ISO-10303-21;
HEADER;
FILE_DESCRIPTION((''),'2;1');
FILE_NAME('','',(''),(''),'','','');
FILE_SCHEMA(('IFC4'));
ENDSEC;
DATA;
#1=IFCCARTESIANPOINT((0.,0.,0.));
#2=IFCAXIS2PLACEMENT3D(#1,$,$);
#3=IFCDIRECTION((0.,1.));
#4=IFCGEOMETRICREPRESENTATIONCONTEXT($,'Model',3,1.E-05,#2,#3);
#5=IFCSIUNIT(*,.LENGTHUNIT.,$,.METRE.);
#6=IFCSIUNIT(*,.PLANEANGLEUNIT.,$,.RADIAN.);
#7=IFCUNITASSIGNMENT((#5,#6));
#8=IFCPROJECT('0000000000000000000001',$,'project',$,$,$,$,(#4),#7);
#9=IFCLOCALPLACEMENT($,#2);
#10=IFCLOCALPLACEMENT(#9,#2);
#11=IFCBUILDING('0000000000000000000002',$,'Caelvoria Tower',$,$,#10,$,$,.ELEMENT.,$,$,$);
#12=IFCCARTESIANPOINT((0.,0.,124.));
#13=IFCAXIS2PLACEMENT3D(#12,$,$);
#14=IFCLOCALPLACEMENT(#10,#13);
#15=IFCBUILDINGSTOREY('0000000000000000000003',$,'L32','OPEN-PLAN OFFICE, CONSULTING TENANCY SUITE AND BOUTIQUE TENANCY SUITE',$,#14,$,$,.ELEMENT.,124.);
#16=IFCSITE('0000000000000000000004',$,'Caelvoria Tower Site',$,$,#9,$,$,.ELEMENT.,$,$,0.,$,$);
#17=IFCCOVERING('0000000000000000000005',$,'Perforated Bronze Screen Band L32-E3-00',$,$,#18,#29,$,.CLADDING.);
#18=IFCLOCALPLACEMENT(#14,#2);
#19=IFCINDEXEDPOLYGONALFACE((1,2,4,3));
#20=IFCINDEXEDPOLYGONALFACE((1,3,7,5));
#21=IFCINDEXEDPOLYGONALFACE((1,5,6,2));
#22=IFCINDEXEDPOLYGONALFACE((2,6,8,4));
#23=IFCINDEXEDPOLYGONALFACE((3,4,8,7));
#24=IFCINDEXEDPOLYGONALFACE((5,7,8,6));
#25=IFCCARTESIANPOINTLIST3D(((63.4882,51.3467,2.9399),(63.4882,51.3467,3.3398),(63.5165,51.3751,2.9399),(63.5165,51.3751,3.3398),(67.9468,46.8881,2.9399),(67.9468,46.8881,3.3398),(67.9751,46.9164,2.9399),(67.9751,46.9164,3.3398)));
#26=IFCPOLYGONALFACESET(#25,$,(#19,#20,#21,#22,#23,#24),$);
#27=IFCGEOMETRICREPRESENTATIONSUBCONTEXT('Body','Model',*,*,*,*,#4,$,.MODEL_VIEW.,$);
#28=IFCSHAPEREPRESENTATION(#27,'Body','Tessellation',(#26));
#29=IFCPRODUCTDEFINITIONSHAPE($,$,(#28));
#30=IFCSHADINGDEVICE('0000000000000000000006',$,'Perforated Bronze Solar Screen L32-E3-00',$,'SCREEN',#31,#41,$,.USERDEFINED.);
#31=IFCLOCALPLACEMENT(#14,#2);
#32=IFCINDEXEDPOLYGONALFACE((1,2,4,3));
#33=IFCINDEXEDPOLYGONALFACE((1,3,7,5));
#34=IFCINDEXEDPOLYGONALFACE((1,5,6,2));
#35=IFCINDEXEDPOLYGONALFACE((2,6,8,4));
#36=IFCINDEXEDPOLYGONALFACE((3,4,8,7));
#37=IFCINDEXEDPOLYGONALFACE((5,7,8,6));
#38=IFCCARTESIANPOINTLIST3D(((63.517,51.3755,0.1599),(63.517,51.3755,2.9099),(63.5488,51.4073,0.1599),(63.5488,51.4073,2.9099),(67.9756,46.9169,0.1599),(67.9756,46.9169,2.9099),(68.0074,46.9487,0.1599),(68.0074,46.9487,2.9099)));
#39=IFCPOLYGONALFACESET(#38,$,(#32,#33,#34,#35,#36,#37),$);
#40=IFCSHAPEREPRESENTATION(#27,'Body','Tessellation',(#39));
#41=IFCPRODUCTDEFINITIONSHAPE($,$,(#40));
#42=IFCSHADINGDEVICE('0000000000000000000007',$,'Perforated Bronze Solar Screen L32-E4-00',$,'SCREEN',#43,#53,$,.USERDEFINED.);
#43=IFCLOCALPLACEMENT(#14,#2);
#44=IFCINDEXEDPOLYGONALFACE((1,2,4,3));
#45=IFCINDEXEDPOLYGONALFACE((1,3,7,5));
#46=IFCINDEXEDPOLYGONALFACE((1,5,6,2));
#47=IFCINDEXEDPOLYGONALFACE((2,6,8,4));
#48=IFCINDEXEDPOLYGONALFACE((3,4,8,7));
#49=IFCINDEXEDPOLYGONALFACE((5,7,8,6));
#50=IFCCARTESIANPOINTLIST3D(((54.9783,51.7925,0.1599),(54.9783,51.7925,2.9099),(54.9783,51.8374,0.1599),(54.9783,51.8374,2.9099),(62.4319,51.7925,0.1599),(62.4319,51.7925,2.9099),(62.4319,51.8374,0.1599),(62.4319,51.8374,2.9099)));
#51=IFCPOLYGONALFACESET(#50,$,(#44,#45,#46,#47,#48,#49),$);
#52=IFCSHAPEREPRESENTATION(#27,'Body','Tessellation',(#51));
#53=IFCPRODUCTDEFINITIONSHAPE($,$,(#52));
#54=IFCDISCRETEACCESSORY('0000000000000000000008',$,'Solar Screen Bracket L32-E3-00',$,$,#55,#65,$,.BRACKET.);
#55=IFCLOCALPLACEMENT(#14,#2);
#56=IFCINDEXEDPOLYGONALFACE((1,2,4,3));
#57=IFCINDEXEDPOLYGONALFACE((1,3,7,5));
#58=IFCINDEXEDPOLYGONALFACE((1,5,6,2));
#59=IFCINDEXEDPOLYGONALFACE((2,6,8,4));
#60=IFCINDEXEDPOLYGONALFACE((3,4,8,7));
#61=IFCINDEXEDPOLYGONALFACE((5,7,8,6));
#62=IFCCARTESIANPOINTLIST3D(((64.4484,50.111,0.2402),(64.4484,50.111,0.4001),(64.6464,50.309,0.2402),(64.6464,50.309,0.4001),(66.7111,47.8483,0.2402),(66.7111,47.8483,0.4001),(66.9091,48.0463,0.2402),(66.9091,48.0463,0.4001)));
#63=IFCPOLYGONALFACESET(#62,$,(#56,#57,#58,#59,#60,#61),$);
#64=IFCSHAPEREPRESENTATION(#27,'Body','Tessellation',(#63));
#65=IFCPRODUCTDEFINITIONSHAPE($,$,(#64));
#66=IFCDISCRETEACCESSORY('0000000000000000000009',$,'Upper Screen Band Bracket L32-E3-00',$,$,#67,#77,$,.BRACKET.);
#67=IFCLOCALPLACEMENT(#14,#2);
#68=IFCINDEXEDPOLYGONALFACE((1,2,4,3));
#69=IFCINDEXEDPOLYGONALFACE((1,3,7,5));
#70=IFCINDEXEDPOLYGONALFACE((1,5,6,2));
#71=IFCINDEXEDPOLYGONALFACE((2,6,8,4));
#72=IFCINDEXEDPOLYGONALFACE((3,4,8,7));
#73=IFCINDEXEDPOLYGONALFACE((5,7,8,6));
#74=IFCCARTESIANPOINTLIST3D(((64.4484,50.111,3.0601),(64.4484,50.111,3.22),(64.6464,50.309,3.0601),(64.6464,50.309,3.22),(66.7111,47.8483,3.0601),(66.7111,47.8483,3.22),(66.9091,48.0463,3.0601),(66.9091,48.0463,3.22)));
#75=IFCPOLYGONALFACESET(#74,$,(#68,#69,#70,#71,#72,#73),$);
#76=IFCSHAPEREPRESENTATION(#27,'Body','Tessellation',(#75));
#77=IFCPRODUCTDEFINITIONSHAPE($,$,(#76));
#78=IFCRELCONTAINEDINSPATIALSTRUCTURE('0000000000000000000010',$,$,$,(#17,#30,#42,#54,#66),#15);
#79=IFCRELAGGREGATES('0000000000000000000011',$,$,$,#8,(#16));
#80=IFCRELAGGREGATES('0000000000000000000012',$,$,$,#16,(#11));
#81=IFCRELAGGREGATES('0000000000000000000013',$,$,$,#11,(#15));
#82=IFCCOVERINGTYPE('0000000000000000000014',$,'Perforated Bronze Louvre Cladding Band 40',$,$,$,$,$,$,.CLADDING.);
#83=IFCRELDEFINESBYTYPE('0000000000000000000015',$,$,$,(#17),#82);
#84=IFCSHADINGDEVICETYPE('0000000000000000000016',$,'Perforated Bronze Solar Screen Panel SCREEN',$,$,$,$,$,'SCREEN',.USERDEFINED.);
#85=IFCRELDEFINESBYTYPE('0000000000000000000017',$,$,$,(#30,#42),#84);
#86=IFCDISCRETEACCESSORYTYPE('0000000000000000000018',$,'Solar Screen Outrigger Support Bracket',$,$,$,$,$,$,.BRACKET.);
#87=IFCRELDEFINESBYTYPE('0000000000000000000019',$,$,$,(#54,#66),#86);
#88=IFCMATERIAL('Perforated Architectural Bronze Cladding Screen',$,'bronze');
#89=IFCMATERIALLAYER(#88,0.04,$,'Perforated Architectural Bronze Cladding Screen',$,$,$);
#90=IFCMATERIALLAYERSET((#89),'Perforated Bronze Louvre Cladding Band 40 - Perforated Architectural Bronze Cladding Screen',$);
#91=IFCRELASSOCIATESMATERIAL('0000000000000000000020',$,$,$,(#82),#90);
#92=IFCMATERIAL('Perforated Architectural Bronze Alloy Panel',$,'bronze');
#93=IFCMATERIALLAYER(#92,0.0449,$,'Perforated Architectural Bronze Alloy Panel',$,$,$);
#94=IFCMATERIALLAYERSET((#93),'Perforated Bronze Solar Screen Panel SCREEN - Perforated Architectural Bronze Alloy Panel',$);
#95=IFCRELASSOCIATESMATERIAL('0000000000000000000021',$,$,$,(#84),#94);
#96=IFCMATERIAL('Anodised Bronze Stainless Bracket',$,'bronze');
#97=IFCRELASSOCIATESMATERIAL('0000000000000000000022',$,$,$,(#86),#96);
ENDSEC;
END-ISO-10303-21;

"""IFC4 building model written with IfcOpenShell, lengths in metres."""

from ifc_helpers import new_model, si_unit, direction, frame, origin, origin_2d, place, context, subcontext, project, spatial, rectangle, extrude, material, layer, layer_set, type_object, element, save


model = new_model("IFC4")

# Units and contexts
model_context = context("Model", 3, precision=1e-05, world=origin(), true_north=direction((0.0, 1.0)))
body_context = subcontext(model_context, "Body", "Model", "MODEL_VIEW")
ifc_project = project(units=[si_unit("LENGTHUNIT", "METRE"), si_unit("PLANEANGLEUNIT", "RADIAN")], contexts=[model_context])

# Site, building, storey
site_placement = place(None, origin())
site = spatial("IfcSite", under=ifc_project, at=site_placement, Name="Caelvoria Tower Site", CompositionType="ELEMENT", RefElevation=0.0)
building_placement = place(site_placement, origin())
building = spatial("IfcBuilding", under=site, at=building_placement, Name="Caelvoria Tower", CompositionType="ELEMENT")
storey_placement = place(building_placement, frame((0.0, 0.0, 124.0)))
storey = spatial("IfcBuildingStorey", under=building, at=storey_placement, Name="L32", Description="OPEN-PLAN OFFICE, CONSULTING TENANCY SUITE AND BOUTIQUE TENANCY SUITE", CompositionType="ELEMENT", Elevation=124.0)

# Covering
ifc_material_1 = material(Name="Perforated Architectural Bronze Cladding Screen", Category="bronze")
ifc_layer_1 = layer(ifc_material_1, 0.04, Name="Perforated Architectural Bronze Cladding Screen")
ifc_layer_set_1 = layer_set([ifc_layer_1], Name="Perforated Bronze Louvre Cladding Band 40 - Perforated Architectural Bronze Cladding Screen")
covering_type = type_object("IfcCoveringType", Name="Perforated Bronze Louvre Cladding Band 40", PredefinedType="CLADDING", material=ifc_layer_set_1)
covering_placement = place(storey_placement, frame((65.7317, 49.1316, 2.9399), z_axis=(0.0, 0.0, 1.0), x_axis=(-0.707107, 0.707107, 0.0)))
element("IfcCovering", 1, at=covering_placement, inside=storey, type_object=covering_type, Name="Perforated Bronze Screen Band L32-E3-00", PredefinedType="CLADDING", context=body_context, shape_type="SweptSolid", body=[
    extrude(rectangle(XDim=6.3054, YDim=0.04, at=origin_2d()), origin(), (0.0, 0.0, 1.0), 0.3999),
])

# Shading devices
ifc_material_2 = material(Name="Perforated Architectural Bronze Alloy Panel", Category="bronze")
ifc_layer_2 = layer(ifc_material_2, 0.0449, Name="Perforated Architectural Bronze Alloy Panel")
ifc_layer_set_2 = layer_set([ifc_layer_2], Name="Perforated Bronze Solar Screen Panel SCREEN - Perforated Architectural Bronze Alloy Panel")
shading_device_type = type_object("IfcShadingDeviceType", Name="Perforated Bronze Solar Screen Panel SCREEN", ElementType="SCREEN", PredefinedType="USERDEFINED", material=ifc_layer_set_2)
shading_device_1_placement = place(storey_placement, frame((65.7622, 49.1621, 0.1599), z_axis=(0.0, 0.0, 1.0), x_axis=(-0.707107, 0.707107, 0.0)))
element("IfcShadingDevice", 2, at=shading_device_1_placement, inside=storey, type_object=shading_device_type, Name="Perforated Bronze Solar Screen L32-E3-00", ObjectType="SCREEN", PredefinedType="USERDEFINED", context=body_context, shape_type="SweptSolid", body=[
    extrude(rectangle(XDim=6.3054, YDim=0.0449, at=origin_2d()), origin(), (0.0, 0.0, 1.0), 2.75),
])
shading_device_2_placement = place(storey_placement, frame((58.7051, 51.8149, 0.1599), z_axis=(0.0, 0.0, 1.0), x_axis=(-1.0, 0.0, 0.0)))
element("IfcShadingDevice", 3, at=shading_device_2_placement, inside=storey, type_object=shading_device_type, Name="Perforated Bronze Solar Screen L32-E4-00", ObjectType="SCREEN", PredefinedType="USERDEFINED", context=body_context, shape_type="SweptSolid", body=[
    extrude(rectangle(XDim=7.4536, YDim=0.0449, at=origin_2d()), origin(), (0.0, 0.0, 1.0), 2.75),
])

# Discrete accessories
ifc_material_3 = material(Name="Anodised Bronze Stainless Bracket", Category="bronze")
discrete_accessory_type = type_object("IfcDiscreteAccessoryType", Name="Solar Screen Outrigger Support Bracket", PredefinedType="BRACKET", material=ifc_material_3)
for number, where, z_axis, x_axis, name in (
    (4, (65.6787, 49.0786, 0.2402), (0.0, 0.0, 1.0), (-0.707107, 0.707107, 0.0), "Solar Screen Bracket L32-E3-00"),
    (5, (65.6787, 49.0786, 3.0601), (0.0, 0.0, 1.0), (-0.707107, 0.707107, 0.0), "Upper Screen Band Bracket L32-E3-00"),
):
    element("IfcDiscreteAccessory", number, at=place(storey_placement, frame(where, z_axis=z_axis, x_axis=x_axis)), inside=storey, type_object=discrete_accessory_type, Name=name, PredefinedType="BRACKET", context=body_context, shape_type="SweptSolid", body=[
        extrude(rectangle(XDim=3.2, YDim=0.28, at=origin_2d()), origin(), (0.0, 0.0, 1.0), 0.1599),
    ])

save(model, "model.ifc")
